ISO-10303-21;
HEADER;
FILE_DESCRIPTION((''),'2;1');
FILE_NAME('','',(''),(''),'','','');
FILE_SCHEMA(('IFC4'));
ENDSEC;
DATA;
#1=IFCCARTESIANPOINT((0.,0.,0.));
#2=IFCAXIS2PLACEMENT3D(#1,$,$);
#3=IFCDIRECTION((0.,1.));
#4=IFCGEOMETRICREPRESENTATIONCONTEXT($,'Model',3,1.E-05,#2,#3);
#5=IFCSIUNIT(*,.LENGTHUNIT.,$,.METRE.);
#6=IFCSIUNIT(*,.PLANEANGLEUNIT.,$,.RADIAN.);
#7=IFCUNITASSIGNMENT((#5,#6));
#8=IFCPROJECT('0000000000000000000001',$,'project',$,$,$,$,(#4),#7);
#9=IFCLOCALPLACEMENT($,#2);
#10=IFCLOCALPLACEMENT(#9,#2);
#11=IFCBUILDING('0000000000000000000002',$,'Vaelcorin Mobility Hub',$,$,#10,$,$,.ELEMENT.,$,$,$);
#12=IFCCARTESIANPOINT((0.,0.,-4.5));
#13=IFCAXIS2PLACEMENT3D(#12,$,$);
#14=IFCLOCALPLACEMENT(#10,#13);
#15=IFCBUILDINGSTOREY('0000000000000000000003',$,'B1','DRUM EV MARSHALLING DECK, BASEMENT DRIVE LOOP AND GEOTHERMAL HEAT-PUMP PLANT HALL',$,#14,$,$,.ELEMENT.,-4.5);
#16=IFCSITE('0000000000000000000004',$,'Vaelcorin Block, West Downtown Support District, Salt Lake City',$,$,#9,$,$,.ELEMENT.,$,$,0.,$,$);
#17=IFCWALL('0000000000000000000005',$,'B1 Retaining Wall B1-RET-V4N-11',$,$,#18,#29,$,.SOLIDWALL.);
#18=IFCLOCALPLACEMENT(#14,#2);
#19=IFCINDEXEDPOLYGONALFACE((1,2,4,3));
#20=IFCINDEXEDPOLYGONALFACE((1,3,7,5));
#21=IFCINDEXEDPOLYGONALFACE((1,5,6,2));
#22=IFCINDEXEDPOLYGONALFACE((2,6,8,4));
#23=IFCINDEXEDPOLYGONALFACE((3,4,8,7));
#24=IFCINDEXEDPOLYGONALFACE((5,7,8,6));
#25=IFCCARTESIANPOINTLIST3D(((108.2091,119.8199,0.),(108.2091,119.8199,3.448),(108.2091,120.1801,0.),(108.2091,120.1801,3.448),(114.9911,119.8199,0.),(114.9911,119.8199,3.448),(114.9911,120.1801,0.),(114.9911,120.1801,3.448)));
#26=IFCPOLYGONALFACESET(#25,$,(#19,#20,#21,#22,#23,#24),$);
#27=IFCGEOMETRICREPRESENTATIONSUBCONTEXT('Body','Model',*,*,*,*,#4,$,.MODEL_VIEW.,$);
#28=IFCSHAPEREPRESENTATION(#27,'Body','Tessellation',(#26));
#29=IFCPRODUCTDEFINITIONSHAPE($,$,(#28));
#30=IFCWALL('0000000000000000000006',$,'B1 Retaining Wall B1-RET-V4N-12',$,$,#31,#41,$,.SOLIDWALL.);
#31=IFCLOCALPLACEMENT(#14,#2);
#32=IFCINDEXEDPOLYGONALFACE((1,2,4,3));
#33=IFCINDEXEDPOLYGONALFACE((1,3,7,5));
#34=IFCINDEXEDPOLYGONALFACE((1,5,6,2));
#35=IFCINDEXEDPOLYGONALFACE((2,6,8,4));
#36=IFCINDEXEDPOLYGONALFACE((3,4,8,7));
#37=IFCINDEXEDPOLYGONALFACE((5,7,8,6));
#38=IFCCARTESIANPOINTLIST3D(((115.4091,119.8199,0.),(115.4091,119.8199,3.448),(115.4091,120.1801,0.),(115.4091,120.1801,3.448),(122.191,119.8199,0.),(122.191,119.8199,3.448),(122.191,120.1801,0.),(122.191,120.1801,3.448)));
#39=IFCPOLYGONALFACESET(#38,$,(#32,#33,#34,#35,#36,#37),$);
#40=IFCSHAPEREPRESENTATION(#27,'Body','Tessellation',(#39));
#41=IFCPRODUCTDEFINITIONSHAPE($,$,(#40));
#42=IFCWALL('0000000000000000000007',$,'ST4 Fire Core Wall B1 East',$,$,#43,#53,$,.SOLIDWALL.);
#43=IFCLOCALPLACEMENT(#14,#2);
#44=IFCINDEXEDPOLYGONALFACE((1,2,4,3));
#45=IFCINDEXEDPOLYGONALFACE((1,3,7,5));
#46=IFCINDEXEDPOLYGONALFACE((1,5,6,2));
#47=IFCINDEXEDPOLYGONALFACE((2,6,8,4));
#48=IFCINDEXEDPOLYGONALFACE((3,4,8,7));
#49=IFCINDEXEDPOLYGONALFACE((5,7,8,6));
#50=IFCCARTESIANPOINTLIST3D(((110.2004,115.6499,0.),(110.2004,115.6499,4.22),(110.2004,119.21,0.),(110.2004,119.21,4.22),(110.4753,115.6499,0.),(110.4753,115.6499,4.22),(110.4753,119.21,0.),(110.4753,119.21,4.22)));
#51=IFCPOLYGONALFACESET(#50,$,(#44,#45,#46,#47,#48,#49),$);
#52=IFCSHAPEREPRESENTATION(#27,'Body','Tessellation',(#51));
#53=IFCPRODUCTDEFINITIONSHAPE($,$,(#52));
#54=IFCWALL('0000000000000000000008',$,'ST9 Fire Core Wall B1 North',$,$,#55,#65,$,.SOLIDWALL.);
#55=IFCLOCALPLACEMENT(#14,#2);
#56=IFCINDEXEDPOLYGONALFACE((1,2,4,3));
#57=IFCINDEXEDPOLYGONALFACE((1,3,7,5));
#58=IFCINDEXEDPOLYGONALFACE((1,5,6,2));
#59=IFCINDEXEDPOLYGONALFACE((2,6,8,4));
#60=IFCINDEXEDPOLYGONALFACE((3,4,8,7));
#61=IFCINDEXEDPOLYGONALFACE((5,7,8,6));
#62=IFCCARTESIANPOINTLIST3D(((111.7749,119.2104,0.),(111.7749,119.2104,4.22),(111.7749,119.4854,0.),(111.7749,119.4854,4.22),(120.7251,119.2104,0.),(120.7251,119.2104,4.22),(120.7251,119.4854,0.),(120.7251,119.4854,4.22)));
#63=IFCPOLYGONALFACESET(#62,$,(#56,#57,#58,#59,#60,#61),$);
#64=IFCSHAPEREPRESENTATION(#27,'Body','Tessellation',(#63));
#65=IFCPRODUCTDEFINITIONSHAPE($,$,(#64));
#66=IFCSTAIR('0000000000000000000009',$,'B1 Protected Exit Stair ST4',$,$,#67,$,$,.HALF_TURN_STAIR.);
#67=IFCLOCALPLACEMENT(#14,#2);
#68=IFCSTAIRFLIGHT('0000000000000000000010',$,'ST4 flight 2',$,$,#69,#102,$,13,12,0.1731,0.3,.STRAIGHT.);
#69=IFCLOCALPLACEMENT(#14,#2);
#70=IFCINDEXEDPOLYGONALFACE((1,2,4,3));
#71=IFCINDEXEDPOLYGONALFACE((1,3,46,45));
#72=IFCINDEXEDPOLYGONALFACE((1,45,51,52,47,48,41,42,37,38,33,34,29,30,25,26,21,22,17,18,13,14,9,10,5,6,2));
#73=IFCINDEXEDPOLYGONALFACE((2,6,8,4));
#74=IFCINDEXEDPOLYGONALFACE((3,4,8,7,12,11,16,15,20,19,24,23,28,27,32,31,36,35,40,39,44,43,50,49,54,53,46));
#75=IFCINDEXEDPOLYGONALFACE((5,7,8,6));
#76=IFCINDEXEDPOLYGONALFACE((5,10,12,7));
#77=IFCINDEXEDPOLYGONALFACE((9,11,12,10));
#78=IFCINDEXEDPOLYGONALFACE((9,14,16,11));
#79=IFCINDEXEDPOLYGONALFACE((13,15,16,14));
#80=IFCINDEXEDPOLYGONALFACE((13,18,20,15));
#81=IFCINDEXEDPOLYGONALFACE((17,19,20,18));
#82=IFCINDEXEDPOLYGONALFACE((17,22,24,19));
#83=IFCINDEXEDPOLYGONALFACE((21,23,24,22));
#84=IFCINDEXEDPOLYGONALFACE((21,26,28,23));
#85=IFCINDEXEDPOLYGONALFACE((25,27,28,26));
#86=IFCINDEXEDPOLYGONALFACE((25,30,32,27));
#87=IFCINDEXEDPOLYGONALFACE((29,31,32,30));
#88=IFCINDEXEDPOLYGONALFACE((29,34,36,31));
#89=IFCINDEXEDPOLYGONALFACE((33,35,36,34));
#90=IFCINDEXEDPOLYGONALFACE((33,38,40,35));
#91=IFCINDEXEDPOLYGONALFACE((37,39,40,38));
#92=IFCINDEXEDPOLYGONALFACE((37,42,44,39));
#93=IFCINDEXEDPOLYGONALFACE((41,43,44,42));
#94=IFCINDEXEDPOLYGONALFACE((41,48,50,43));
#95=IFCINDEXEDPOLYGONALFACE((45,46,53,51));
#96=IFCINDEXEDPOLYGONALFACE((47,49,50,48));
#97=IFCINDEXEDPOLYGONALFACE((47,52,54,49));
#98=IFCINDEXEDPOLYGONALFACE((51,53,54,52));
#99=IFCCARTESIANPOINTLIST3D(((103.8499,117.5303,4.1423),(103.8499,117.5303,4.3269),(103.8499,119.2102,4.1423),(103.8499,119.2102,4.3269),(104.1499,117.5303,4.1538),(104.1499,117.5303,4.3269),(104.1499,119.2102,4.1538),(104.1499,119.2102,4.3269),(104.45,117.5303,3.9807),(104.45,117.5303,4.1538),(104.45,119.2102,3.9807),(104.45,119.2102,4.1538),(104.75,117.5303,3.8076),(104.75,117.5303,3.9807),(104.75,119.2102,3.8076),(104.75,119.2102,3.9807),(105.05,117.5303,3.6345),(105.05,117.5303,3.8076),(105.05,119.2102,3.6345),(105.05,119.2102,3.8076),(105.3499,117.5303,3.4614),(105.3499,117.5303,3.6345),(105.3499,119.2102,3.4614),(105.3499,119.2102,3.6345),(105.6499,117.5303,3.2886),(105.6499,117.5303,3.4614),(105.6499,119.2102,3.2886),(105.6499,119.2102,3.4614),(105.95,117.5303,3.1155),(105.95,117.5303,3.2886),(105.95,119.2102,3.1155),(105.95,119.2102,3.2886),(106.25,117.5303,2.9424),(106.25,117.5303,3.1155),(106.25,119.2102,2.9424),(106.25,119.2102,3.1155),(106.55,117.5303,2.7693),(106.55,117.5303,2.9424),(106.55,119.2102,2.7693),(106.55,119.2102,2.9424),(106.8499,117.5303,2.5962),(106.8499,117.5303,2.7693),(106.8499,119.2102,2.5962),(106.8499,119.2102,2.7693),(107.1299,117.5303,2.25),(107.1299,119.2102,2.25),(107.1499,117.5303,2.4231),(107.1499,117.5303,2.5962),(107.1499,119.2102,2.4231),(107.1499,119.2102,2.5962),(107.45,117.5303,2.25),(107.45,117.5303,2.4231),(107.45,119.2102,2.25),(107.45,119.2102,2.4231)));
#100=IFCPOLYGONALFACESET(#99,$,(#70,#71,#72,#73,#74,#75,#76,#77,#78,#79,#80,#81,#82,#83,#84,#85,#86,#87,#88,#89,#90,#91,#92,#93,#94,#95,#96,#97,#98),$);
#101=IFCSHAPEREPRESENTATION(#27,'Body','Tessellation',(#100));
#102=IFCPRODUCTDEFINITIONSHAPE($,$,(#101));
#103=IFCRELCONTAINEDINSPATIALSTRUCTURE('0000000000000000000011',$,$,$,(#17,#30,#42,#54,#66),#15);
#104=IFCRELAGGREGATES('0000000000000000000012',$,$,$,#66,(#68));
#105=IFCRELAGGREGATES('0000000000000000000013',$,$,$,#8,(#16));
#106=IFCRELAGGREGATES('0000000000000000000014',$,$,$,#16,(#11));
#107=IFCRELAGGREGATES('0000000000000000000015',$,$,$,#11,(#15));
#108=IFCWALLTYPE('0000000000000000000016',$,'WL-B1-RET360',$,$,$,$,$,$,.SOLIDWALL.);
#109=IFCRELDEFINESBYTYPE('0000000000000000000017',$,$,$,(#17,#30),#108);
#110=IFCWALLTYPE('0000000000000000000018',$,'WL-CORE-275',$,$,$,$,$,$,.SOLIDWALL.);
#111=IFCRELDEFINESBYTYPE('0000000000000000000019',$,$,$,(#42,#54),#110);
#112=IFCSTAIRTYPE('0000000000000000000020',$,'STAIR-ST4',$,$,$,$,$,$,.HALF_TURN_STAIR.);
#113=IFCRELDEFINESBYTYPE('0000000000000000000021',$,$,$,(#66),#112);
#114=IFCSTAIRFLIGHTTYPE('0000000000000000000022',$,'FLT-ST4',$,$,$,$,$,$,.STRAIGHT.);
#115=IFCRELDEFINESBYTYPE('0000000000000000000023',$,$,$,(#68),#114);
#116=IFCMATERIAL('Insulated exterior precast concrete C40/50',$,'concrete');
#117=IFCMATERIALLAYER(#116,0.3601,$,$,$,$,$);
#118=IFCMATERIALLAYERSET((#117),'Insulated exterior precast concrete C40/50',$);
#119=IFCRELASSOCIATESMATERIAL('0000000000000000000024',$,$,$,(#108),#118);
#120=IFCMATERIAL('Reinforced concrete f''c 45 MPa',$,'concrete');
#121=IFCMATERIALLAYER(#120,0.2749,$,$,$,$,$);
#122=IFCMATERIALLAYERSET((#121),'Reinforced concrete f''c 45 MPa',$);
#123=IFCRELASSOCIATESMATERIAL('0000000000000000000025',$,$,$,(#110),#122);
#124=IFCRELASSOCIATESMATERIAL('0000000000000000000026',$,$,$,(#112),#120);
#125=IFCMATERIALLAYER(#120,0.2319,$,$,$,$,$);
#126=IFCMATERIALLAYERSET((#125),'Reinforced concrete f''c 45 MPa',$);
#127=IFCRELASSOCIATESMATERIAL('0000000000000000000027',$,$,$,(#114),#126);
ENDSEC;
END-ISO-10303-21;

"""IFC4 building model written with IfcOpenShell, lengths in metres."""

from ifc_helpers import new_model, si_unit, direction, frame, frame_2d, origin, place, context, subcontext, project, spatial, polyline, rectangle, outline, extrude, material, layer, layer_set, type_object, element, aggregate, save


model = new_model("IFC4")

# Units and contexts
model_context = context("Model", 3, precision=1e-05, world=origin(), true_north=direction((0.0, 1.0)))
body_context = subcontext(model_context, "Body", "Model", "MODEL_VIEW")
ifc_project = project(units=[si_unit("LENGTHUNIT", "METRE"), si_unit("PLANEANGLEUNIT", "RADIAN")], contexts=[model_context])

# Site, building, storey
site_placement = place(None, origin())
site = spatial("IfcSite", under=ifc_project, at=site_placement, Name="Vaelcorin Block, West Downtown Support District, Salt Lake City", CompositionType="ELEMENT", RefElevation=0.0)
building_placement = place(site_placement, origin())
building = spatial("IfcBuilding", under=site, at=building_placement, Name="Vaelcorin Mobility Hub", CompositionType="ELEMENT")
storey_placement = place(building_placement, frame((0.0, 0.0, -4.5)))
storey = spatial("IfcBuildingStorey", under=building, at=storey_placement, Name="B1", Description="DRUM EV MARSHALLING DECK, BASEMENT DRIVE LOOP AND GEOTHERMAL HEAT-PUMP PLANT HALL", CompositionType="ELEMENT", Elevation=-4.5)

# Walls
ifc_material_1 = material(Name="Insulated exterior precast concrete C40/50", Category="concrete")
ifc_layer_1 = layer(ifc_material_1, 0.3601)
ifc_layer_set_1 = layer_set([ifc_layer_1], Name="Insulated exterior precast concrete C40/50")
wall_type_1 = type_object("IfcWallType", Name="WL-B1-RET360", PredefinedType="SOLIDWALL", material=ifc_layer_set_1)
for number, where, z_axis, x_axis, name in (
    (1, (108.209, 120.0, 0.0), (0.0, 0.0, 1.0), (1.0, 0.0, 0.0), "B1 Retaining Wall B1-RET-V4N-11"),
    (2, (115.4089, 120.0, 0.0), (0.0, 0.0, 1.0), (1.0, 0.0, 0.0), "B1 Retaining Wall B1-RET-V4N-12"),
):
    element("IfcWall", number, at=place(storey_placement, frame(where, z_axis=z_axis, x_axis=x_axis)), inside=storey, type_object=wall_type_1, Name=name, PredefinedType="SOLIDWALL", context=body_context, shape_type="SweptSolid", body=[
        extrude(rectangle(XDim=6.782, YDim=0.3601, at=frame_2d((3.3911, 0.0))), origin(), (0.0, 0.0, 1.0), 3.448),
    ])
ifc_material_2 = material(Name="Reinforced concrete f'c 45 MPa", Category="concrete")
ifc_layer_2 = layer(ifc_material_2, 0.2749)
ifc_layer_set_2 = layer_set([ifc_layer_2], Name="Reinforced concrete f'c 45 MPa")
wall_type_2 = type_object("IfcWallType", Name="WL-CORE-275", PredefinedType="SOLIDWALL", material=ifc_layer_set_2)
wall_1_placement = place(storey_placement, frame((110.3379, 119.21, 0.0), z_axis=(0.0, 0.0, 1.0), x_axis=(0.0, -1.0, 0.0)))
element("IfcWall", 3, at=wall_1_placement, inside=storey, type_object=wall_type_2, Name="ST4 Fire Core Wall B1 East", PredefinedType="SOLIDWALL", context=body_context, shape_type="SweptSolid", body=[
    extrude(rectangle(XDim=3.5601, YDim=0.2749, at=frame_2d((1.78, 0.0))), origin(), (0.0, 0.0, 1.0), 4.22),
])
wall_2_placement = place(storey_placement, frame((111.7749, 119.3479, 0.0), z_axis=(0.0, 0.0, 1.0), x_axis=(1.0, 0.0, 0.0)))
element("IfcWall", 4, at=wall_2_placement, inside=storey, type_object=wall_type_2, Name="ST9 Fire Core Wall B1 North", PredefinedType="SOLIDWALL", context=body_context, shape_type="SweptSolid", body=[
    extrude(rectangle(XDim=8.9502, YDim=0.2749, at=frame_2d((4.4751, 0.0))), origin(), (0.0, 0.0, 1.0), 4.22),
])

# Stair, stair flight
stair_type = type_object("IfcStairType", Name="STAIR-ST4", PredefinedType="HALF_TURN_STAIR", material=ifc_material_2)
stair_placement = place(storey_placement, origin())
stair = element("IfcStair", 5, at=stair_placement, inside=storey, type_object=stair_type, Name="B1 Protected Exit Stair ST4", PredefinedType="HALF_TURN_STAIR")
ifc_layer_3 = layer(ifc_material_2, 0.2319)
ifc_layer_set_3 = layer_set([ifc_layer_3], Name="Reinforced concrete f'c 45 MPa")
stair_flight_type = type_object("IfcStairFlightType", Name="FLT-ST4", PredefinedType="STRAIGHT", material=ifc_layer_set_3)
stair_flight_placement = place(storey_placement, frame((107.45, 118.3701, 2.25), z_axis=(0.0, 0.0, 1.0), x_axis=(-1.0, 0.0, 0.0)))
stair_flight = element("IfcStairFlight", 6, at=stair_flight_placement, type_object=stair_flight_type, Name="ST4 flight 2", NumberOfRisers=13, NumberOfTreads=12, PredefinedType="STRAIGHT", RiserHeight=0.1731, TreadLength=0.3, context=body_context, shape_type="SweptSolid", body=[
    extrude(outline(polyline([(0.0, 0.0), (0.0, 0.1731), (0.3, 0.1731), (0.3, 0.3462), (0.6001, 0.3462), (0.6001, 0.5193), (0.8999, 0.5193), (0.8999, 0.6924), (1.2, 0.6924), (1.2, 0.8655), (1.5, 0.8655), (1.5, 1.0386), (1.8, 1.0386), (1.8, 1.2114), (2.1001, 1.2114), (2.1001, 1.3845), (2.3999, 1.3845), (2.3999, 1.5576), (2.7, 1.5576), (2.7, 1.7307), (3.0, 1.7307), (3.0, 1.9038), (3.3, 1.9038), (3.3, 2.0769), (3.6001, 2.0769), (3.6001, 2.25), (3.6001, 1.8923), (0.3201, 0.0), (0.0, 0.0)])), frame((0.0, 0.8398, 0.0), z_axis=(0.0, -1.0, 0.0), x_axis=(1.0, 0.0, 0.0)), (0.0, 0.0, 1.0), 1.6799),
])
aggregate(stair, [stair_flight])

save(model, "model.ifc")
